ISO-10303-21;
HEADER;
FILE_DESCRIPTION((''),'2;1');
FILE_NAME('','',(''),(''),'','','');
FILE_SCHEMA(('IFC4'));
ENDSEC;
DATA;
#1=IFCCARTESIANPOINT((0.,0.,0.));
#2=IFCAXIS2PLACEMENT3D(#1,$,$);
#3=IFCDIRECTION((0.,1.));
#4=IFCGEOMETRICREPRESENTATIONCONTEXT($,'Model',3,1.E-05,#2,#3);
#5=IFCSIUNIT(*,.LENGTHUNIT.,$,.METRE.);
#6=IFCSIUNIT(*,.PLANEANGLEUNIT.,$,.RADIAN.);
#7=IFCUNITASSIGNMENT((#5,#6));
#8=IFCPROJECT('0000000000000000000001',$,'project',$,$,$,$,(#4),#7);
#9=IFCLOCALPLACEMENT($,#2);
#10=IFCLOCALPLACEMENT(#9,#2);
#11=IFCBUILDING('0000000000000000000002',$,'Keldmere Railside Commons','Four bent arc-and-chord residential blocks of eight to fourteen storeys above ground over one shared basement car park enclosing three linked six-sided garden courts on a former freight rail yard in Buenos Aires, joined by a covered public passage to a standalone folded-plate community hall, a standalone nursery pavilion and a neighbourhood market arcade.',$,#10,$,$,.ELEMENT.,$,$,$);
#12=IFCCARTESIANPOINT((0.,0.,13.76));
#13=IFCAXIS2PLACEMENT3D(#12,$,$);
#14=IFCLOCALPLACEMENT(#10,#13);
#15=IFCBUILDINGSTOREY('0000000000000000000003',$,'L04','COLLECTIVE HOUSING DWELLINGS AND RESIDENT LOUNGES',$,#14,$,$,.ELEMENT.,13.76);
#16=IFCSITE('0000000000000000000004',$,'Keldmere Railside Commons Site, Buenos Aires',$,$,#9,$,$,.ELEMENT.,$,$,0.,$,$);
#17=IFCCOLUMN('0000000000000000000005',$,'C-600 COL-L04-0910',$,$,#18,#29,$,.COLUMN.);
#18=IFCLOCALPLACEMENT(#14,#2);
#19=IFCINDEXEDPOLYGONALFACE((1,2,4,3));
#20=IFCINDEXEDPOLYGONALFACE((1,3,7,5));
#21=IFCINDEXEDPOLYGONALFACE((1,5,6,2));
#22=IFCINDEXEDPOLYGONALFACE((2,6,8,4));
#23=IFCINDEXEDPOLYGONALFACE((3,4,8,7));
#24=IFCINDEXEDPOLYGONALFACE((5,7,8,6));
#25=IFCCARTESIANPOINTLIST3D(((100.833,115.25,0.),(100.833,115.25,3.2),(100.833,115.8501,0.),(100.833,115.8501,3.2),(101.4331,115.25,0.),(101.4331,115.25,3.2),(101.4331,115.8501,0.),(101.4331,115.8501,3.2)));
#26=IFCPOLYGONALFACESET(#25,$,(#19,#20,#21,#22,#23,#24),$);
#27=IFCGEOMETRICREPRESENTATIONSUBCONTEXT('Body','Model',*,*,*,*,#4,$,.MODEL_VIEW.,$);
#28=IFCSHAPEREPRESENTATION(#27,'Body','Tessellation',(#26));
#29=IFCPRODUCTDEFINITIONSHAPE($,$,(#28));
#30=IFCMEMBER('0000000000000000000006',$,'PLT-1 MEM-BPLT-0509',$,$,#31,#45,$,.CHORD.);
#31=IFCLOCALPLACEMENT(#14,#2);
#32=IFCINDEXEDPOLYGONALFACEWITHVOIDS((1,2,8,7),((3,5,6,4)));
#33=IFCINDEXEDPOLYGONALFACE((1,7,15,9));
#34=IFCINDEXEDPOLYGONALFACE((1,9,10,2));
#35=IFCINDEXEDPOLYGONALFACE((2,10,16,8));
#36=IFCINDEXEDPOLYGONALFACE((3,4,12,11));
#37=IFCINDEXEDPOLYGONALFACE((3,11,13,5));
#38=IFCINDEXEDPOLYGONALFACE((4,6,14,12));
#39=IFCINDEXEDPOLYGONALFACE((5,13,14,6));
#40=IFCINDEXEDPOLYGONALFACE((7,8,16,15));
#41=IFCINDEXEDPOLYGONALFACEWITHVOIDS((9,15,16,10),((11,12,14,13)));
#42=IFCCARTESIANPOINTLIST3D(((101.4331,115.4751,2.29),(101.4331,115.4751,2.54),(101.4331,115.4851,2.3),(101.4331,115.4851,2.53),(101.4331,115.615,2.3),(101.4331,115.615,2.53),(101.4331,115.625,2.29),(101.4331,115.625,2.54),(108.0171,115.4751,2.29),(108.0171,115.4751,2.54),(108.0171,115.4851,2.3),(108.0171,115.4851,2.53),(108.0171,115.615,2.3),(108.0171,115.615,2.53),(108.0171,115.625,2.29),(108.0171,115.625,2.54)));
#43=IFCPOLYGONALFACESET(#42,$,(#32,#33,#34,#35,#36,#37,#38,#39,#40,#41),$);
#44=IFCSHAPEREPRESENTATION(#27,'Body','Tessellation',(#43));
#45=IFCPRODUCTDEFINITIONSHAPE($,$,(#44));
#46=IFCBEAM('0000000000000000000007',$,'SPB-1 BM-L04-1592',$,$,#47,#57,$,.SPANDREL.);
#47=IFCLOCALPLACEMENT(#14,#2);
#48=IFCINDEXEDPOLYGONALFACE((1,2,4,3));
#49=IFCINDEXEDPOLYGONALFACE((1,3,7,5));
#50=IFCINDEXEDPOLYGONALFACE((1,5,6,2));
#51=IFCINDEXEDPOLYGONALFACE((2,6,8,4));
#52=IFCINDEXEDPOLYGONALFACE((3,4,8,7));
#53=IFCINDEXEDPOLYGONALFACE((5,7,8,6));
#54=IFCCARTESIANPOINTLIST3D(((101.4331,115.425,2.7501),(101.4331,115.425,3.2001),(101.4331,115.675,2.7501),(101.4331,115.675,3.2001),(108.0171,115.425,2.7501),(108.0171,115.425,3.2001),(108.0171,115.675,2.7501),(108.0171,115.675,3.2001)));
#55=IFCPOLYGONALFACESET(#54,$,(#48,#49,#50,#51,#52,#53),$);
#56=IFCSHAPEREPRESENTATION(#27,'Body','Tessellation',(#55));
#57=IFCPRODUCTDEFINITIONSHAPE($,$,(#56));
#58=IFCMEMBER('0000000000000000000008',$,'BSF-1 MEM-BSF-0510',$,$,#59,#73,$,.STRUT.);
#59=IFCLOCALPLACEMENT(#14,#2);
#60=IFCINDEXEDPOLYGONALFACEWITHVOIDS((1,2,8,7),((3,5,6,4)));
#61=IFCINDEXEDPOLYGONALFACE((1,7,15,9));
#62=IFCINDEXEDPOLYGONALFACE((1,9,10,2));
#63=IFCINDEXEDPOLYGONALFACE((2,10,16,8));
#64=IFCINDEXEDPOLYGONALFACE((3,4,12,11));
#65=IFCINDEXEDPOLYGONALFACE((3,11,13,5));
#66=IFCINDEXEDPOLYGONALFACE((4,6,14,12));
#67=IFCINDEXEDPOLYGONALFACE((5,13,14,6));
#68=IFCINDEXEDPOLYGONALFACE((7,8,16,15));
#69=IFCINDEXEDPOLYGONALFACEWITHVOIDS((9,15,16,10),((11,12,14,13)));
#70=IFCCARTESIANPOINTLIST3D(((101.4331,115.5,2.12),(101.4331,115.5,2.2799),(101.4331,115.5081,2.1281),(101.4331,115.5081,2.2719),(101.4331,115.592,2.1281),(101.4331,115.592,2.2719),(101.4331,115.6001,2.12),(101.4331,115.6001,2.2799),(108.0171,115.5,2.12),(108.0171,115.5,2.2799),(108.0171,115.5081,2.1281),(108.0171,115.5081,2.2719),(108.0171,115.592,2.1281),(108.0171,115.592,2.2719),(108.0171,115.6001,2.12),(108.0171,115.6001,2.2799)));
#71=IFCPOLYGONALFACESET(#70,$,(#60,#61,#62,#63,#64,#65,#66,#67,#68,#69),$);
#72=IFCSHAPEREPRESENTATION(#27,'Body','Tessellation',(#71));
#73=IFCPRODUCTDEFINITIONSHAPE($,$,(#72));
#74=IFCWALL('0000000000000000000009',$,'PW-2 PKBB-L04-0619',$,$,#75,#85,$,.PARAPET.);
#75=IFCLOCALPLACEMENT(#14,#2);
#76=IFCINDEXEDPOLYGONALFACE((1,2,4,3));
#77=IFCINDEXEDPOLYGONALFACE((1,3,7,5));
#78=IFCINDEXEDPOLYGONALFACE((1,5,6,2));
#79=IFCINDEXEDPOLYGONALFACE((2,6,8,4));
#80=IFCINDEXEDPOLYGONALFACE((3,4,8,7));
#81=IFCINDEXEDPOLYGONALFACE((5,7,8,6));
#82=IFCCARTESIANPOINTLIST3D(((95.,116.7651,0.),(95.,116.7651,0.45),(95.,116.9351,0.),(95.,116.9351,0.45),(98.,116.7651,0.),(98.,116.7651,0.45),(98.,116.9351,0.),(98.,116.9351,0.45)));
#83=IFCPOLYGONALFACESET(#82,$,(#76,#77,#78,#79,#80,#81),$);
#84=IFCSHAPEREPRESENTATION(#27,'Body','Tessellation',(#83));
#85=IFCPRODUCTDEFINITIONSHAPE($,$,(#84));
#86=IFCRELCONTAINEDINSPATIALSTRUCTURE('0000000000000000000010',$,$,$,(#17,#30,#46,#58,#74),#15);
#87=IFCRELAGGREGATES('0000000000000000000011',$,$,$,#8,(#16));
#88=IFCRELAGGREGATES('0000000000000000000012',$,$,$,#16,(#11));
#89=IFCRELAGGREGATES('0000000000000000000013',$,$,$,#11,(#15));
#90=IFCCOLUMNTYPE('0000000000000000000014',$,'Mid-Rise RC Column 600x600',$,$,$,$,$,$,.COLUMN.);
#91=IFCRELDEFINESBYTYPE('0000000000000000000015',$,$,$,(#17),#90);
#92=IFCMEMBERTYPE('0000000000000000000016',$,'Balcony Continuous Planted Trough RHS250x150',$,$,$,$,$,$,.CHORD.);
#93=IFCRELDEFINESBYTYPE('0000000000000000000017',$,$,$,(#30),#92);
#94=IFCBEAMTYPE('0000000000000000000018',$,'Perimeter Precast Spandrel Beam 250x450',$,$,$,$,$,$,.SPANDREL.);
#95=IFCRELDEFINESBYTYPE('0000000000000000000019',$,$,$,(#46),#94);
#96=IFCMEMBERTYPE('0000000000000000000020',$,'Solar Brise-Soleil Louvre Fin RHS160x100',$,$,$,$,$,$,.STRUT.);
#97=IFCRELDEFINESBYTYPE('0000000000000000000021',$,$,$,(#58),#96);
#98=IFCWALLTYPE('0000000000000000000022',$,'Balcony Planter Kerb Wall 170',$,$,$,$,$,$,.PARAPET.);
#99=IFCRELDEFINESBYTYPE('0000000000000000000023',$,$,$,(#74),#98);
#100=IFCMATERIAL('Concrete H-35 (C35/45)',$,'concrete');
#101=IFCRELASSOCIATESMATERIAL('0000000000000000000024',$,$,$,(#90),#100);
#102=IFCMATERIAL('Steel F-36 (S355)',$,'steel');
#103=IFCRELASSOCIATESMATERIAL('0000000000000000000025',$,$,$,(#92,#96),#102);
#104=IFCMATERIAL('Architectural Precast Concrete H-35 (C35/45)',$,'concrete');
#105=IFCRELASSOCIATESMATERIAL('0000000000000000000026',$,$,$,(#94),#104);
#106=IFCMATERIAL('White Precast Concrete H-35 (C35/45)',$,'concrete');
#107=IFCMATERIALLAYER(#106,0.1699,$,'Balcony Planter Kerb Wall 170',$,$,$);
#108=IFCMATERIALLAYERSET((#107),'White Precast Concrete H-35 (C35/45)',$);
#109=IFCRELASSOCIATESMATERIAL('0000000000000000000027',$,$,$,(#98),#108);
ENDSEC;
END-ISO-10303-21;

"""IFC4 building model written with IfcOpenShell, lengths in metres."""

from ifc_helpers import new_model, si_unit, direction, frame, frame_2d, origin, origin_2d, place, context, subcontext, project, spatial, rectangle, hollow_rectangle, extrude, material, layer, layer_set, material_profile, profile_set, type_object, element, save


model = new_model("IFC4")

# Units and contexts
model_context = context("Model", 3, precision=1e-05, world=origin(), true_north=direction((0.0, 1.0)))
body_context = subcontext(model_context, "Body", "Model", "MODEL_VIEW")
ifc_project = project(units=[si_unit("LENGTHUNIT", "METRE"), si_unit("PLANEANGLEUNIT", "RADIAN")], contexts=[model_context])

# Site, building, storey
site_placement = place(None, origin())
site = spatial("IfcSite", under=ifc_project, at=site_placement, Name="Keldmere Railside Commons Site, Buenos Aires", CompositionType="ELEMENT", RefElevation=0.0)
building_placement = place(site_placement, origin())
building = spatial("IfcBuilding", under=site, at=building_placement, Name="Keldmere Railside Commons", Description="Four bent arc-and-chord residential blocks of eight to fourteen storeys above ground over one shared basement car park enclosing three linked six-sided garden courts on a former freight rail yard in Buenos Aires, joined by a covered public passage to a standalone folded-plate community hall, a standalone nursery pavilion and a neighbourhood market arcade.", CompositionType="ELEMENT")
storey_placement = place(building_placement, frame((0.0, 0.0, 13.76)))
storey = spatial("IfcBuildingStorey", under=building, at=storey_placement, Name="L04", Description="COLLECTIVE HOUSING DWELLINGS AND RESIDENT LOUNGES", CompositionType="ELEMENT", Elevation=13.76)

# Column
ifc_material_1 = material(Name="Concrete H-35 (C35/45)", Category="concrete")
ifc_material_profile_1 = material_profile(ifc_material_1, rectangle(XDim=0.6001, YDim=0.6001, at=origin_2d()), Name="RC-600x600")
ifc_profile_set_1 = profile_set([ifc_material_profile_1], Name="Concrete H-35 (C35/45)")
column_type = type_object("IfcColumnType", Name="Mid-Rise RC Column 600x600", PredefinedType="COLUMN", material=ifc_profile_set_1)
column_placement = place(storey_placement, frame((101.1331, 115.55, 0.0), z_axis=(0.0, 0.0, 1.0), x_axis=(1.0, 0.0, 0.0)))
element("IfcColumn", 1, at=column_placement, inside=storey, type_object=column_type, Name="C-600 COL-L04-0910", PredefinedType="COLUMN", context=body_context, shape_type="SweptSolid", body=[
    extrude(rectangle(XDim=0.6001, YDim=0.6001, at=origin_2d()), origin(), (0.0, 0.0, 1.0), 3.2),
])

# Member
ifc_material_2 = material(Name="Steel F-36 (S355)", Category="steel")
ifc_material_profile_2 = material_profile(ifc_material_2, hollow_rectangle(XDim=0.1499, YDim=0.25, WallThickness=0.01, at=origin_2d()), Name="RHS-250x150x10")
ifc_profile_set_2 = profile_set([ifc_material_profile_2], Name="Steel F-36 (S355)")
member_type_1 = type_object("IfcMemberType", Name="Balcony Continuous Planted Trough RHS250x150", PredefinedType="CHORD", material=ifc_profile_set_2)
member_1_placement = place(storey_placement, frame((101.4331, 115.55, 2.415), z_axis=(1.0, 0.0, 0.0), x_axis=(0.0, 1.0, 0.0)))
element("IfcMember", 2, at=member_1_placement, inside=storey, type_object=member_type_1, Name="PLT-1 MEM-BPLT-0509", PredefinedType="CHORD", context=body_context, shape_type="SweptSolid", body=[
    extrude(hollow_rectangle(XDim=0.1499, YDim=0.25, WallThickness=0.01, at=origin_2d()), origin(), (0.0, 0.0, 1.0), 6.584),
])

# Beam
ifc_material_3 = material(Name="Architectural Precast Concrete H-35 (C35/45)", Category="concrete")
ifc_material_profile_3 = material_profile(ifc_material_3, rectangle(XDim=0.25, YDim=0.45, at=origin_2d()), Name="RC-250x450")
ifc_profile_set_3 = profile_set([ifc_material_profile_3], Name="Architectural Precast Concrete H-35 (C35/45)")
beam_type = type_object("IfcBeamType", Name="Perimeter Precast Spandrel Beam 250x450", PredefinedType="SPANDREL", material=ifc_profile_set_3)
beam_placement = place(storey_placement, frame((101.4331, 115.55, 2.9751), z_axis=(1.0, 0.0, 0.0), x_axis=(0.0, 1.0, 0.0)))
element("IfcBeam", 3, at=beam_placement, inside=storey, type_object=beam_type, Name="SPB-1 BM-L04-1592", PredefinedType="SPANDREL", context=body_context, shape_type="SweptSolid", body=[
    extrude(rectangle(XDim=0.25, YDim=0.45, at=origin_2d()), origin(), (0.0, 0.0, 1.0), 6.584),
])

# Member
ifc_material_profile_4 = material_profile(ifc_material_2, hollow_rectangle(XDim=0.1001, YDim=0.1599, WallThickness=0.0081, at=origin_2d()), Name="RHS-160x100x8")
ifc_profile_set_4 = profile_set([ifc_material_profile_4], Name="Steel F-36 (S355)")
member_type_2 = type_object("IfcMemberType", Name="Solar Brise-Soleil Louvre Fin RHS160x100", PredefinedType="STRUT", material=ifc_profile_set_4)
member_2_placement = place(storey_placement, frame((101.4331, 115.55, 2.2), z_axis=(1.0, 0.0, 0.0), x_axis=(0.0, 1.0, 0.0)))
element("IfcMember", 4, at=member_2_placement, inside=storey, type_object=member_type_2, Name="BSF-1 MEM-BSF-0510", PredefinedType="STRUT", context=body_context, shape_type="SweptSolid", body=[
    extrude(hollow_rectangle(XDim=0.1001, YDim=0.1599, WallThickness=0.0081, at=origin_2d()), origin(), (0.0, 0.0, 1.0), 6.584),
])

# Wall
ifc_material_4 = material(Name="White Precast Concrete H-35 (C35/45)", Category="concrete")
ifc_layer_1 = layer(ifc_material_4, 0.1699, Name="Balcony Planter Kerb Wall 170")
ifc_layer_set_1 = layer_set([ifc_layer_1], Name="White Precast Concrete H-35 (C35/45)")
wall_type_1 = type_object("IfcWallType", Name="Balcony Planter Kerb Wall 170", PredefinedType="PARAPET", material=ifc_layer_set_1)
wall_1_placement = place(storey_placement, frame((95.0, 116.8501, 0.0), z_axis=(0.0, 0.0, 1.0), x_axis=(1.0, 0.0, 0.0)))
element("IfcWall", 5, at=wall_1_placement, inside=storey, type_object=wall_type_1, Name="PW-2 PKBB-L04-0619", PredefinedType="PARAPET", context=body_context, shape_type="SweptSolid", body=[
    extrude(rectangle(XDim=3.0, YDim=0.1699, at=frame_2d((1.5, 0.0))), origin(), (0.0, 0.0, 1.0), 0.45),
])

save(model, "model.ifc")
